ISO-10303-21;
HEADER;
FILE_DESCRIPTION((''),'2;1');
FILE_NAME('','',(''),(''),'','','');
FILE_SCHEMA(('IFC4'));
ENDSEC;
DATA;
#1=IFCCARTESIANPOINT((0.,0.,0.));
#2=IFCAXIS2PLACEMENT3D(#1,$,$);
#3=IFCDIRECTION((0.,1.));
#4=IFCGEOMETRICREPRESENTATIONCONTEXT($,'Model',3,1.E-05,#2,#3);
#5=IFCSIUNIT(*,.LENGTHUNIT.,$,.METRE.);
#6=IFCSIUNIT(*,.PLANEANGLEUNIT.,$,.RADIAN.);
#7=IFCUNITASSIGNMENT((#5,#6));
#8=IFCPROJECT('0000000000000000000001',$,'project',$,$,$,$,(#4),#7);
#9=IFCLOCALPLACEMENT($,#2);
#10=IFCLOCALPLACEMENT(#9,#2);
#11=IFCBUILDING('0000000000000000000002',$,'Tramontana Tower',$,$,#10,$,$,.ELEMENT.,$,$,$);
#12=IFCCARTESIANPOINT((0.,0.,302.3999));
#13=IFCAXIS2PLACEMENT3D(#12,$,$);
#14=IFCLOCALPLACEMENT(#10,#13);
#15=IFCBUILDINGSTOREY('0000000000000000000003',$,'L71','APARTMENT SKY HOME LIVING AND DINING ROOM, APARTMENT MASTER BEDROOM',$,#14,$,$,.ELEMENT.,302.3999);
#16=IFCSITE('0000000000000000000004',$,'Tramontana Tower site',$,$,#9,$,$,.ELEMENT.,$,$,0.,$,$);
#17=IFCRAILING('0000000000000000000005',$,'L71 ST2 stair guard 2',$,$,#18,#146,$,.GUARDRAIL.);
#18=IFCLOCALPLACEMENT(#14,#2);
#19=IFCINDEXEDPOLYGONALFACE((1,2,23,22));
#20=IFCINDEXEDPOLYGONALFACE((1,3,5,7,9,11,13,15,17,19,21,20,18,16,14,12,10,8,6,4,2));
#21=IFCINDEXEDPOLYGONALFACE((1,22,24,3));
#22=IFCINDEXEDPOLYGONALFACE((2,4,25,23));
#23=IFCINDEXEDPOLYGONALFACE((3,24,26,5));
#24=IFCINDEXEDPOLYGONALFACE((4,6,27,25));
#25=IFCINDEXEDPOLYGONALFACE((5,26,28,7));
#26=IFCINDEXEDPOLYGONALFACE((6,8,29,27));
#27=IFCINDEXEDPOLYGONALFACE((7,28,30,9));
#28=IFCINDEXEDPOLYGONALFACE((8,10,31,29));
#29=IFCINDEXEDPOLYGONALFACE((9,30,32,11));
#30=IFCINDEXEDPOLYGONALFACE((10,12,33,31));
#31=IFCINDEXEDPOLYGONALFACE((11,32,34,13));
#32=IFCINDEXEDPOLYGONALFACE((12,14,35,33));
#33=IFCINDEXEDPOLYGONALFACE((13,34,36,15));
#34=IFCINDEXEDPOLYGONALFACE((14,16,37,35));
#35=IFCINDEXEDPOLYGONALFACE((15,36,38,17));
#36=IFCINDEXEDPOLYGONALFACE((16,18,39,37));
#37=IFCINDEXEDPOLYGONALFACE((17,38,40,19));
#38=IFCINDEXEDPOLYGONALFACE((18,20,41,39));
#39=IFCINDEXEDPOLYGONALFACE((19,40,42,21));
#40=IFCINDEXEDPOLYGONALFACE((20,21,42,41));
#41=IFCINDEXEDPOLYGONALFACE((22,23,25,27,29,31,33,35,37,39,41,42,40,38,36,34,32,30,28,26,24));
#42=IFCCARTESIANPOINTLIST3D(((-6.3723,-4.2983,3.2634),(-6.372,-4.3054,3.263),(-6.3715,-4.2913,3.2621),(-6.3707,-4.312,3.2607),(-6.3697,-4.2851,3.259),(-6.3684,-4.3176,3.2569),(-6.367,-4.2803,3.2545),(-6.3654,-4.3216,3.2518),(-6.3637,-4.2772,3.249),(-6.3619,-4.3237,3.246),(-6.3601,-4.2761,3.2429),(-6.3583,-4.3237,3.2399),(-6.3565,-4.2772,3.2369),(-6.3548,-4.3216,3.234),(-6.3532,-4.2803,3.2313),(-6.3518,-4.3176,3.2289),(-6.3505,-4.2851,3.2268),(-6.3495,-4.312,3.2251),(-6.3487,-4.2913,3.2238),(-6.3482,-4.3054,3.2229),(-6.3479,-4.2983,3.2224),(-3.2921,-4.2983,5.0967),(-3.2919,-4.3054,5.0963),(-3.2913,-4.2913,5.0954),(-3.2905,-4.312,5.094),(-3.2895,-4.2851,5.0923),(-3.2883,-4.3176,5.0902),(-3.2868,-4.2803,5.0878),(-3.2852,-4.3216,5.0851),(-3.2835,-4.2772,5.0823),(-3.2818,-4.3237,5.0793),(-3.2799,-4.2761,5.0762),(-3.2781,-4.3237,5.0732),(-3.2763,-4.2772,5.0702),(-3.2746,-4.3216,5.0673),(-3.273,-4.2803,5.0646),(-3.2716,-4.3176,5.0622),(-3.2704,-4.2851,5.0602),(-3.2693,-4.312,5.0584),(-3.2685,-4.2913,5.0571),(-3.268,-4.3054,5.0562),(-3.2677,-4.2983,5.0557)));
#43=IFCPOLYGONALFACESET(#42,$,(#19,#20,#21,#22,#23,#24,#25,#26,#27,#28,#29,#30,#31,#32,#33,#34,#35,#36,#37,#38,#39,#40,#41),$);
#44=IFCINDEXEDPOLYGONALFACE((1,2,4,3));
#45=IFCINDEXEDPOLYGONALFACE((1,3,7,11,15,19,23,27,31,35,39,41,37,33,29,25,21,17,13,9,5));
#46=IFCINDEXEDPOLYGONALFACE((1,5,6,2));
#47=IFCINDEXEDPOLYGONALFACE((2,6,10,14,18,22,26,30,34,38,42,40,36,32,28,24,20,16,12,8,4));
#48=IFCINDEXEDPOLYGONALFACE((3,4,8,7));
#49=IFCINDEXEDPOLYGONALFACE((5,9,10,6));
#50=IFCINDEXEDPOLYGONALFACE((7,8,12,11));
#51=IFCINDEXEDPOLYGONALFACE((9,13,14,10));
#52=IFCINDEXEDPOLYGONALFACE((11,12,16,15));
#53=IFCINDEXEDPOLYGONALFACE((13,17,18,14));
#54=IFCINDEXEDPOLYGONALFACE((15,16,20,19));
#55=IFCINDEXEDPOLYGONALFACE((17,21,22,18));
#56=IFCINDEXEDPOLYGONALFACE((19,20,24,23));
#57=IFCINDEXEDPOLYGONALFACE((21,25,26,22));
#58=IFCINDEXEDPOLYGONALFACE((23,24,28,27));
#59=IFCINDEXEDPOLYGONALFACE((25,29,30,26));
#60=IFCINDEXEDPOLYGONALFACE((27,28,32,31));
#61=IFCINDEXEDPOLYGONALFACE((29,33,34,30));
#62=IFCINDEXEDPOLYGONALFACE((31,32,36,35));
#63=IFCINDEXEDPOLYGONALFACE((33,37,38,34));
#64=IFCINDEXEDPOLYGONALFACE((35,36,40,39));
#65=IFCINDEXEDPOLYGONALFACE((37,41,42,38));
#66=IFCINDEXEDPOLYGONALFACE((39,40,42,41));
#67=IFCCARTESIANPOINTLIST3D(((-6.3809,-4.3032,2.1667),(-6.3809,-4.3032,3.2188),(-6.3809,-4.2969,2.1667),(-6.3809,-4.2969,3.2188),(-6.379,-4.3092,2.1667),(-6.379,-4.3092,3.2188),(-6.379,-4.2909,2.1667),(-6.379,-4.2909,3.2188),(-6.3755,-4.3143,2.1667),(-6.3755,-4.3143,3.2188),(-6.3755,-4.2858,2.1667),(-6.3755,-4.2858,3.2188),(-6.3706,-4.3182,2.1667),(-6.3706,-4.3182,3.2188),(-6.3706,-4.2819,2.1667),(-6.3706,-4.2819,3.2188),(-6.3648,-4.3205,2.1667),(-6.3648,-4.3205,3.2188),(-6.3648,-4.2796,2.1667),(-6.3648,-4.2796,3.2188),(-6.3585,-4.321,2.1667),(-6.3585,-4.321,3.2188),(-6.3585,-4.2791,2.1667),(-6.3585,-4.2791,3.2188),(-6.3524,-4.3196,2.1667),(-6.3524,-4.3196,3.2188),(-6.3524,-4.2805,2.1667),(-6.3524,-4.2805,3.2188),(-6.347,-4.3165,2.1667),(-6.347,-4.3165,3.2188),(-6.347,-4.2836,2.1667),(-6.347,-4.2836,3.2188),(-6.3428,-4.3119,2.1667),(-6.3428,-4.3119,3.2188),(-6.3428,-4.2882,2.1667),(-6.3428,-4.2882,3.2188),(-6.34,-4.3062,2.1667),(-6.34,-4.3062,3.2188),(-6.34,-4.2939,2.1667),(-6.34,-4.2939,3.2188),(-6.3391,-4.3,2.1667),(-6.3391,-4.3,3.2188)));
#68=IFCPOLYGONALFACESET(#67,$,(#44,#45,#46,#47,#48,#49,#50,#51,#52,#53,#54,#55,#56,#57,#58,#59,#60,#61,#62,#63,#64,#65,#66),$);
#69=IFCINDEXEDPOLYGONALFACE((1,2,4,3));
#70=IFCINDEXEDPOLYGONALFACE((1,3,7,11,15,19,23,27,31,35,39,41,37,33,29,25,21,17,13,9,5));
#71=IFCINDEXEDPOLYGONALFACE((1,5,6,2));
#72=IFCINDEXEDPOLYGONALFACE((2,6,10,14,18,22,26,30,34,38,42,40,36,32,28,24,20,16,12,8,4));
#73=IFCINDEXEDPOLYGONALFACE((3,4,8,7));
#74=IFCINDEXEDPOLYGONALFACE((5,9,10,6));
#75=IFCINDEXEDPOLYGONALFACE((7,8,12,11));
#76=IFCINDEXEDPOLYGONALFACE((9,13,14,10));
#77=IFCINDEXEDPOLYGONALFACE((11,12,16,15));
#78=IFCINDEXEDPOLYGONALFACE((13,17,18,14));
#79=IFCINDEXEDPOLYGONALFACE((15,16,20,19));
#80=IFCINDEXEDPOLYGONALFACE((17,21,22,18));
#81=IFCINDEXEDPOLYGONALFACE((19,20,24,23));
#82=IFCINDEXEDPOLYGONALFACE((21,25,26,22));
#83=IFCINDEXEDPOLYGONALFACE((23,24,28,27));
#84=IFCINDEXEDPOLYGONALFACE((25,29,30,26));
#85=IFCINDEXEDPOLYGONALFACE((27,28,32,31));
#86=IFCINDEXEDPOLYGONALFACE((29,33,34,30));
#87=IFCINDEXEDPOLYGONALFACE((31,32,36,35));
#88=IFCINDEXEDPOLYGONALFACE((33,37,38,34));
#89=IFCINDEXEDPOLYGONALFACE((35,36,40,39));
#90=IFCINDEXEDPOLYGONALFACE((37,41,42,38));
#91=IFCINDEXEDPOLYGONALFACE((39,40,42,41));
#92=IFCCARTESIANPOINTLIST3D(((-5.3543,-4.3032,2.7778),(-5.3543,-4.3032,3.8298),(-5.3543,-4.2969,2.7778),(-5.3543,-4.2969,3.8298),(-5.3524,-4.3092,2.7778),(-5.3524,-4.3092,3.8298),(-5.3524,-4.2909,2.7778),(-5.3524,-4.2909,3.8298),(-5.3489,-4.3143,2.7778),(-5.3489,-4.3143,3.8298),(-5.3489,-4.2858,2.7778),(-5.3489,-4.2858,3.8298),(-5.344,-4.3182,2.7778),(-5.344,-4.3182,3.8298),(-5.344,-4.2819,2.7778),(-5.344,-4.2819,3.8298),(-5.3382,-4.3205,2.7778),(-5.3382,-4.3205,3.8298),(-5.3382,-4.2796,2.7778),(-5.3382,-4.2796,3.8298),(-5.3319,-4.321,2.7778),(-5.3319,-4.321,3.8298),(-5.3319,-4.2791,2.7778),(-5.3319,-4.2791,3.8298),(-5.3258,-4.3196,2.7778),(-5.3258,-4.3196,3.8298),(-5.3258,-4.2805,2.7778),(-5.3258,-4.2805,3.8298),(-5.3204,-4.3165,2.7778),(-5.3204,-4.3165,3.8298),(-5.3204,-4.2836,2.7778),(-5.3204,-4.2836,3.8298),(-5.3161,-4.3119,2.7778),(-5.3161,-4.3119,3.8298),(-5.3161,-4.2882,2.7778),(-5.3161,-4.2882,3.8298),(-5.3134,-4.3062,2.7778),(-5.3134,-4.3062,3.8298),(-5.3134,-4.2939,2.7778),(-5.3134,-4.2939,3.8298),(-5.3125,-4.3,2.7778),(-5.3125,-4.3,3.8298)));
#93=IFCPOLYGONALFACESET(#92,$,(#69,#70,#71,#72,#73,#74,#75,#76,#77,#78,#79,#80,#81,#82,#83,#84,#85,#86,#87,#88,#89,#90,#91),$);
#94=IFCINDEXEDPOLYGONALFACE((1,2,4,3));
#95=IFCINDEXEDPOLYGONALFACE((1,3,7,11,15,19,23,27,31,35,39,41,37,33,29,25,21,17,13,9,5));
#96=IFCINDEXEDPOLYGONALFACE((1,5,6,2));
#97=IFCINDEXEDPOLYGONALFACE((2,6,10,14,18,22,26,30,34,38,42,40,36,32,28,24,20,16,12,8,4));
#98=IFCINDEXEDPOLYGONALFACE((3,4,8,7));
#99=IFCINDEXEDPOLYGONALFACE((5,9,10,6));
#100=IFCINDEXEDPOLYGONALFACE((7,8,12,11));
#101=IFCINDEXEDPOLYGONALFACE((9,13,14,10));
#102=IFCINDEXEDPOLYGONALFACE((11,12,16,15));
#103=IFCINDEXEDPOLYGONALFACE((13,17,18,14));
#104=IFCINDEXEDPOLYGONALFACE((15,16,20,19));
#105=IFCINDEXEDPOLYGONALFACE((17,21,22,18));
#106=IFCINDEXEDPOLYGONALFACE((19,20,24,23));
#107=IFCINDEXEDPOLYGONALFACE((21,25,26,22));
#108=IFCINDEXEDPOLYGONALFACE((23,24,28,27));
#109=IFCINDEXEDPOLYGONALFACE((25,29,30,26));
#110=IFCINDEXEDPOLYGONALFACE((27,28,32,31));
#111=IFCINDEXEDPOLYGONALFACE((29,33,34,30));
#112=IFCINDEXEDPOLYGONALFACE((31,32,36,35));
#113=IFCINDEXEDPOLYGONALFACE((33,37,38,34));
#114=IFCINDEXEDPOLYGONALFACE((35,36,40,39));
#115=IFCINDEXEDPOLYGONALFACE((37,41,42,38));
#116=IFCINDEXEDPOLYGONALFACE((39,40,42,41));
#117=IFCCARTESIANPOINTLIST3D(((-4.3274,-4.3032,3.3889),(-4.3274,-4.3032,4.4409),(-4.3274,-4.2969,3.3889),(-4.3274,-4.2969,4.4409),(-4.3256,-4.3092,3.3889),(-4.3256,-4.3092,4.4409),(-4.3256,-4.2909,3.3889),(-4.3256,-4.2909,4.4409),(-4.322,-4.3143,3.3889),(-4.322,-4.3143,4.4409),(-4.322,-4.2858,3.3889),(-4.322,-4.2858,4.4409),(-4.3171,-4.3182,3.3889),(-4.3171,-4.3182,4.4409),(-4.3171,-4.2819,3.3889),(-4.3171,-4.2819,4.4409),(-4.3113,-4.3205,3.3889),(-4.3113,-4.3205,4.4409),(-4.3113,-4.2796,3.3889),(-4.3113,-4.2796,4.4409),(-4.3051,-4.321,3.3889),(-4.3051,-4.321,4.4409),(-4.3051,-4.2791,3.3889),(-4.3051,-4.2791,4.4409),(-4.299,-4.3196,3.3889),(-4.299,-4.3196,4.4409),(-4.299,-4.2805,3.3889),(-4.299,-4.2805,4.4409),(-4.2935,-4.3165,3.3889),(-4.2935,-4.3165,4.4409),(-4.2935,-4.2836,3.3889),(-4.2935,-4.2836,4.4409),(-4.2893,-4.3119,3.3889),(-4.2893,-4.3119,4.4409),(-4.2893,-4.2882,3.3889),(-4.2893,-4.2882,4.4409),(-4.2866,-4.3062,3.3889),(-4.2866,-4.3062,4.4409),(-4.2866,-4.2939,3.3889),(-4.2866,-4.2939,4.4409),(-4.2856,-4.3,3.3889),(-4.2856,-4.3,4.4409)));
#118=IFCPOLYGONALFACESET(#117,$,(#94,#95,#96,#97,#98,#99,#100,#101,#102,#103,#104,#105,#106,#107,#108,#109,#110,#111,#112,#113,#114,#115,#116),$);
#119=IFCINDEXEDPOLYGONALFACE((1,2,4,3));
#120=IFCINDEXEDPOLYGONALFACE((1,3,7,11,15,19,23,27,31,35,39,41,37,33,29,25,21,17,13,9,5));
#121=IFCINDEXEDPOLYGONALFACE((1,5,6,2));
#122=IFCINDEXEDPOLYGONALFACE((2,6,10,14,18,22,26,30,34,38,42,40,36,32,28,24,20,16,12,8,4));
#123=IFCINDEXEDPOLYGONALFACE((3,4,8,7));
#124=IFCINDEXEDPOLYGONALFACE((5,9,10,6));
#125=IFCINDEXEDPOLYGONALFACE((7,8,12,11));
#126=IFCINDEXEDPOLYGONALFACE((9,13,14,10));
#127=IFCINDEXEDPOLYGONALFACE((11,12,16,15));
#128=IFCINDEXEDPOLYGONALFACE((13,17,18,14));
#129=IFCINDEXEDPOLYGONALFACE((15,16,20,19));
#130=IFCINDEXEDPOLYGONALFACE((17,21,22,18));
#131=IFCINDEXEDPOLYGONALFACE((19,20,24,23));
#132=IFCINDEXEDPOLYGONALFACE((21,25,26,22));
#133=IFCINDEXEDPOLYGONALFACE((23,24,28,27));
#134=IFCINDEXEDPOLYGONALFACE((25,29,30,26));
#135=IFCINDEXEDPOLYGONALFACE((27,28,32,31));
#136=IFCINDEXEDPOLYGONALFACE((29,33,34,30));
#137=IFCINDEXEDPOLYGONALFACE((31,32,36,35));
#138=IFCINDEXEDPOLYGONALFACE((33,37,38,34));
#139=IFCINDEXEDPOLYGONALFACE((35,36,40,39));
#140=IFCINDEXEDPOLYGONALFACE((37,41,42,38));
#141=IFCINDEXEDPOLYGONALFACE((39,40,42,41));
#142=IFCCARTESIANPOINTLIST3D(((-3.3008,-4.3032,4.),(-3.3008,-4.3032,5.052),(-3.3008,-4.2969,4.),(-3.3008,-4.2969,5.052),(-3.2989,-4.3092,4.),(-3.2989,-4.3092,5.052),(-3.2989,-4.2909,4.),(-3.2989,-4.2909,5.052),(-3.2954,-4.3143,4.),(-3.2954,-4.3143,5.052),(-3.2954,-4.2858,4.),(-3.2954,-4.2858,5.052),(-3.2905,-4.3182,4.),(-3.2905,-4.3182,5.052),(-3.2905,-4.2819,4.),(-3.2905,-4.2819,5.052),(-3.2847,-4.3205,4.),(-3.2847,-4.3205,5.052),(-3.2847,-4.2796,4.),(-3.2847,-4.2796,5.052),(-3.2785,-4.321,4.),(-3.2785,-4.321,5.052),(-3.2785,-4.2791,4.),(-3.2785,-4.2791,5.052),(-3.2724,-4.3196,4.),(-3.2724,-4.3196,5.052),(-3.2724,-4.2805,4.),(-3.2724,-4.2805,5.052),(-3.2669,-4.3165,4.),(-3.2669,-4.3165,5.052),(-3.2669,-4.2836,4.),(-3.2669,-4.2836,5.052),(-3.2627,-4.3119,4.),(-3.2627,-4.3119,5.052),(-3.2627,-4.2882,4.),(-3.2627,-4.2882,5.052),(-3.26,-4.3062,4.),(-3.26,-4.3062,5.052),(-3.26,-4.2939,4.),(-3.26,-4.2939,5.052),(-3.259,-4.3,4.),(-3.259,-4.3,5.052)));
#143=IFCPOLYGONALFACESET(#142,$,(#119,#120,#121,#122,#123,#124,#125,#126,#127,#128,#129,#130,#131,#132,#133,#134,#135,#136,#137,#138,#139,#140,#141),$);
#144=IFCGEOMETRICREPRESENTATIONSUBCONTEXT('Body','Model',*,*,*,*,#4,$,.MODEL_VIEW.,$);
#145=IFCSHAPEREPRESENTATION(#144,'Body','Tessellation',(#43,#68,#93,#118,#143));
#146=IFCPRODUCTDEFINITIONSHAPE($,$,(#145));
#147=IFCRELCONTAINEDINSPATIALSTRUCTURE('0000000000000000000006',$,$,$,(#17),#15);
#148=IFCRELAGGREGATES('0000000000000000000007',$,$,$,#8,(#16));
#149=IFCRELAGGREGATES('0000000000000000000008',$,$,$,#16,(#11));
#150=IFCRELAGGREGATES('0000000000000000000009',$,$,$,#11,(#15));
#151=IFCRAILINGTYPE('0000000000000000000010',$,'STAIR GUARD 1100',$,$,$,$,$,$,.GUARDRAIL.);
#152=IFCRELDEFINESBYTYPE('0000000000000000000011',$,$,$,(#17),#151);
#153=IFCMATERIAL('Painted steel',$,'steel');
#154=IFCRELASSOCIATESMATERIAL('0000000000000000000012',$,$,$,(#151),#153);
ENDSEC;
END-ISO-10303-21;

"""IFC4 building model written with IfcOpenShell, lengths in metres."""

from ifc_helpers import new_model, si_unit, direction, frame, origin, origin_2d, place, context, subcontext, project, spatial, circle, extrude, material, type_object, element, save


model = new_model("IFC4")

# Units and contexts
model_context = context("Model", 3, precision=1e-05, world=origin(), true_north=direction((0.0, 1.0)))
body_context = subcontext(model_context, "Body", "Model", "MODEL_VIEW")
ifc_project = project(units=[si_unit("LENGTHUNIT", "METRE"), si_unit("PLANEANGLEUNIT", "RADIAN")], contexts=[model_context])

# Site, building, storey
site_placement = place(None, origin())
site = spatial("IfcSite", under=ifc_project, at=site_placement, Name="Tramontana Tower site", CompositionType="ELEMENT", RefElevation=0.0)
building_placement = place(site_placement, origin())
building = spatial("IfcBuilding", under=site, at=building_placement, Name="Tramontana Tower", CompositionType="ELEMENT")
storey_placement = place(building_placement, frame((0.0, 0.0, 302.3999)))
storey = spatial("IfcBuildingStorey", under=building, at=storey_placement, Name="L71", Description="APARTMENT SKY HOME LIVING AND DINING ROOM, APARTMENT MASTER BEDROOM", CompositionType="ELEMENT", Elevation=302.3999)

# Railing
ifc_material_1 = material(Name="Painted steel", Category="steel")
railing_type_1 = type_object("IfcRailingType", Name="STAIR GUARD 1100", PredefinedType="GUARDRAIL", material=ifc_material_1)
railing_1_placement = place(storey_placement, frame((-6.3601, -4.3, 2.1667)))
element("IfcRailing", 1, at=railing_1_placement, inside=storey, type_object=railing_type_1, Name="L71 ST2 stair guard 2", PredefinedType="GUARDRAIL", context=body_context, shape_type="SweptSolid", body=[
    extrude(circle(Radius=0.0239, at=origin_2d()), frame((0.0, 0.0, 1.0762), z_axis=(0.859309, 0.0, 0.511458), x_axis=(0.0, 1.0, 0.0)), (0.0, 0.0, 1.0), 3.5845),
    extrude(circle(Radius=0.021, at=origin_2d()), origin(), (0.0, 0.0, 1.0), 1.052),
    extrude(circle(Radius=0.021, at=origin_2d()), frame((1.0266, 0.0, 0.6111)), (0.0, 0.0, 1.0), 1.052),
    extrude(circle(Radius=0.021, at=origin_2d()), frame((2.0535, 0.0, 1.2222)), (0.0, 0.0, 1.0), 1.052),
    extrude(circle(Radius=0.021, at=origin_2d()), frame((3.0801, 0.0, 1.8333)), (0.0, 0.0, 1.0), 1.052),
])

save(model, "model.ifc")
